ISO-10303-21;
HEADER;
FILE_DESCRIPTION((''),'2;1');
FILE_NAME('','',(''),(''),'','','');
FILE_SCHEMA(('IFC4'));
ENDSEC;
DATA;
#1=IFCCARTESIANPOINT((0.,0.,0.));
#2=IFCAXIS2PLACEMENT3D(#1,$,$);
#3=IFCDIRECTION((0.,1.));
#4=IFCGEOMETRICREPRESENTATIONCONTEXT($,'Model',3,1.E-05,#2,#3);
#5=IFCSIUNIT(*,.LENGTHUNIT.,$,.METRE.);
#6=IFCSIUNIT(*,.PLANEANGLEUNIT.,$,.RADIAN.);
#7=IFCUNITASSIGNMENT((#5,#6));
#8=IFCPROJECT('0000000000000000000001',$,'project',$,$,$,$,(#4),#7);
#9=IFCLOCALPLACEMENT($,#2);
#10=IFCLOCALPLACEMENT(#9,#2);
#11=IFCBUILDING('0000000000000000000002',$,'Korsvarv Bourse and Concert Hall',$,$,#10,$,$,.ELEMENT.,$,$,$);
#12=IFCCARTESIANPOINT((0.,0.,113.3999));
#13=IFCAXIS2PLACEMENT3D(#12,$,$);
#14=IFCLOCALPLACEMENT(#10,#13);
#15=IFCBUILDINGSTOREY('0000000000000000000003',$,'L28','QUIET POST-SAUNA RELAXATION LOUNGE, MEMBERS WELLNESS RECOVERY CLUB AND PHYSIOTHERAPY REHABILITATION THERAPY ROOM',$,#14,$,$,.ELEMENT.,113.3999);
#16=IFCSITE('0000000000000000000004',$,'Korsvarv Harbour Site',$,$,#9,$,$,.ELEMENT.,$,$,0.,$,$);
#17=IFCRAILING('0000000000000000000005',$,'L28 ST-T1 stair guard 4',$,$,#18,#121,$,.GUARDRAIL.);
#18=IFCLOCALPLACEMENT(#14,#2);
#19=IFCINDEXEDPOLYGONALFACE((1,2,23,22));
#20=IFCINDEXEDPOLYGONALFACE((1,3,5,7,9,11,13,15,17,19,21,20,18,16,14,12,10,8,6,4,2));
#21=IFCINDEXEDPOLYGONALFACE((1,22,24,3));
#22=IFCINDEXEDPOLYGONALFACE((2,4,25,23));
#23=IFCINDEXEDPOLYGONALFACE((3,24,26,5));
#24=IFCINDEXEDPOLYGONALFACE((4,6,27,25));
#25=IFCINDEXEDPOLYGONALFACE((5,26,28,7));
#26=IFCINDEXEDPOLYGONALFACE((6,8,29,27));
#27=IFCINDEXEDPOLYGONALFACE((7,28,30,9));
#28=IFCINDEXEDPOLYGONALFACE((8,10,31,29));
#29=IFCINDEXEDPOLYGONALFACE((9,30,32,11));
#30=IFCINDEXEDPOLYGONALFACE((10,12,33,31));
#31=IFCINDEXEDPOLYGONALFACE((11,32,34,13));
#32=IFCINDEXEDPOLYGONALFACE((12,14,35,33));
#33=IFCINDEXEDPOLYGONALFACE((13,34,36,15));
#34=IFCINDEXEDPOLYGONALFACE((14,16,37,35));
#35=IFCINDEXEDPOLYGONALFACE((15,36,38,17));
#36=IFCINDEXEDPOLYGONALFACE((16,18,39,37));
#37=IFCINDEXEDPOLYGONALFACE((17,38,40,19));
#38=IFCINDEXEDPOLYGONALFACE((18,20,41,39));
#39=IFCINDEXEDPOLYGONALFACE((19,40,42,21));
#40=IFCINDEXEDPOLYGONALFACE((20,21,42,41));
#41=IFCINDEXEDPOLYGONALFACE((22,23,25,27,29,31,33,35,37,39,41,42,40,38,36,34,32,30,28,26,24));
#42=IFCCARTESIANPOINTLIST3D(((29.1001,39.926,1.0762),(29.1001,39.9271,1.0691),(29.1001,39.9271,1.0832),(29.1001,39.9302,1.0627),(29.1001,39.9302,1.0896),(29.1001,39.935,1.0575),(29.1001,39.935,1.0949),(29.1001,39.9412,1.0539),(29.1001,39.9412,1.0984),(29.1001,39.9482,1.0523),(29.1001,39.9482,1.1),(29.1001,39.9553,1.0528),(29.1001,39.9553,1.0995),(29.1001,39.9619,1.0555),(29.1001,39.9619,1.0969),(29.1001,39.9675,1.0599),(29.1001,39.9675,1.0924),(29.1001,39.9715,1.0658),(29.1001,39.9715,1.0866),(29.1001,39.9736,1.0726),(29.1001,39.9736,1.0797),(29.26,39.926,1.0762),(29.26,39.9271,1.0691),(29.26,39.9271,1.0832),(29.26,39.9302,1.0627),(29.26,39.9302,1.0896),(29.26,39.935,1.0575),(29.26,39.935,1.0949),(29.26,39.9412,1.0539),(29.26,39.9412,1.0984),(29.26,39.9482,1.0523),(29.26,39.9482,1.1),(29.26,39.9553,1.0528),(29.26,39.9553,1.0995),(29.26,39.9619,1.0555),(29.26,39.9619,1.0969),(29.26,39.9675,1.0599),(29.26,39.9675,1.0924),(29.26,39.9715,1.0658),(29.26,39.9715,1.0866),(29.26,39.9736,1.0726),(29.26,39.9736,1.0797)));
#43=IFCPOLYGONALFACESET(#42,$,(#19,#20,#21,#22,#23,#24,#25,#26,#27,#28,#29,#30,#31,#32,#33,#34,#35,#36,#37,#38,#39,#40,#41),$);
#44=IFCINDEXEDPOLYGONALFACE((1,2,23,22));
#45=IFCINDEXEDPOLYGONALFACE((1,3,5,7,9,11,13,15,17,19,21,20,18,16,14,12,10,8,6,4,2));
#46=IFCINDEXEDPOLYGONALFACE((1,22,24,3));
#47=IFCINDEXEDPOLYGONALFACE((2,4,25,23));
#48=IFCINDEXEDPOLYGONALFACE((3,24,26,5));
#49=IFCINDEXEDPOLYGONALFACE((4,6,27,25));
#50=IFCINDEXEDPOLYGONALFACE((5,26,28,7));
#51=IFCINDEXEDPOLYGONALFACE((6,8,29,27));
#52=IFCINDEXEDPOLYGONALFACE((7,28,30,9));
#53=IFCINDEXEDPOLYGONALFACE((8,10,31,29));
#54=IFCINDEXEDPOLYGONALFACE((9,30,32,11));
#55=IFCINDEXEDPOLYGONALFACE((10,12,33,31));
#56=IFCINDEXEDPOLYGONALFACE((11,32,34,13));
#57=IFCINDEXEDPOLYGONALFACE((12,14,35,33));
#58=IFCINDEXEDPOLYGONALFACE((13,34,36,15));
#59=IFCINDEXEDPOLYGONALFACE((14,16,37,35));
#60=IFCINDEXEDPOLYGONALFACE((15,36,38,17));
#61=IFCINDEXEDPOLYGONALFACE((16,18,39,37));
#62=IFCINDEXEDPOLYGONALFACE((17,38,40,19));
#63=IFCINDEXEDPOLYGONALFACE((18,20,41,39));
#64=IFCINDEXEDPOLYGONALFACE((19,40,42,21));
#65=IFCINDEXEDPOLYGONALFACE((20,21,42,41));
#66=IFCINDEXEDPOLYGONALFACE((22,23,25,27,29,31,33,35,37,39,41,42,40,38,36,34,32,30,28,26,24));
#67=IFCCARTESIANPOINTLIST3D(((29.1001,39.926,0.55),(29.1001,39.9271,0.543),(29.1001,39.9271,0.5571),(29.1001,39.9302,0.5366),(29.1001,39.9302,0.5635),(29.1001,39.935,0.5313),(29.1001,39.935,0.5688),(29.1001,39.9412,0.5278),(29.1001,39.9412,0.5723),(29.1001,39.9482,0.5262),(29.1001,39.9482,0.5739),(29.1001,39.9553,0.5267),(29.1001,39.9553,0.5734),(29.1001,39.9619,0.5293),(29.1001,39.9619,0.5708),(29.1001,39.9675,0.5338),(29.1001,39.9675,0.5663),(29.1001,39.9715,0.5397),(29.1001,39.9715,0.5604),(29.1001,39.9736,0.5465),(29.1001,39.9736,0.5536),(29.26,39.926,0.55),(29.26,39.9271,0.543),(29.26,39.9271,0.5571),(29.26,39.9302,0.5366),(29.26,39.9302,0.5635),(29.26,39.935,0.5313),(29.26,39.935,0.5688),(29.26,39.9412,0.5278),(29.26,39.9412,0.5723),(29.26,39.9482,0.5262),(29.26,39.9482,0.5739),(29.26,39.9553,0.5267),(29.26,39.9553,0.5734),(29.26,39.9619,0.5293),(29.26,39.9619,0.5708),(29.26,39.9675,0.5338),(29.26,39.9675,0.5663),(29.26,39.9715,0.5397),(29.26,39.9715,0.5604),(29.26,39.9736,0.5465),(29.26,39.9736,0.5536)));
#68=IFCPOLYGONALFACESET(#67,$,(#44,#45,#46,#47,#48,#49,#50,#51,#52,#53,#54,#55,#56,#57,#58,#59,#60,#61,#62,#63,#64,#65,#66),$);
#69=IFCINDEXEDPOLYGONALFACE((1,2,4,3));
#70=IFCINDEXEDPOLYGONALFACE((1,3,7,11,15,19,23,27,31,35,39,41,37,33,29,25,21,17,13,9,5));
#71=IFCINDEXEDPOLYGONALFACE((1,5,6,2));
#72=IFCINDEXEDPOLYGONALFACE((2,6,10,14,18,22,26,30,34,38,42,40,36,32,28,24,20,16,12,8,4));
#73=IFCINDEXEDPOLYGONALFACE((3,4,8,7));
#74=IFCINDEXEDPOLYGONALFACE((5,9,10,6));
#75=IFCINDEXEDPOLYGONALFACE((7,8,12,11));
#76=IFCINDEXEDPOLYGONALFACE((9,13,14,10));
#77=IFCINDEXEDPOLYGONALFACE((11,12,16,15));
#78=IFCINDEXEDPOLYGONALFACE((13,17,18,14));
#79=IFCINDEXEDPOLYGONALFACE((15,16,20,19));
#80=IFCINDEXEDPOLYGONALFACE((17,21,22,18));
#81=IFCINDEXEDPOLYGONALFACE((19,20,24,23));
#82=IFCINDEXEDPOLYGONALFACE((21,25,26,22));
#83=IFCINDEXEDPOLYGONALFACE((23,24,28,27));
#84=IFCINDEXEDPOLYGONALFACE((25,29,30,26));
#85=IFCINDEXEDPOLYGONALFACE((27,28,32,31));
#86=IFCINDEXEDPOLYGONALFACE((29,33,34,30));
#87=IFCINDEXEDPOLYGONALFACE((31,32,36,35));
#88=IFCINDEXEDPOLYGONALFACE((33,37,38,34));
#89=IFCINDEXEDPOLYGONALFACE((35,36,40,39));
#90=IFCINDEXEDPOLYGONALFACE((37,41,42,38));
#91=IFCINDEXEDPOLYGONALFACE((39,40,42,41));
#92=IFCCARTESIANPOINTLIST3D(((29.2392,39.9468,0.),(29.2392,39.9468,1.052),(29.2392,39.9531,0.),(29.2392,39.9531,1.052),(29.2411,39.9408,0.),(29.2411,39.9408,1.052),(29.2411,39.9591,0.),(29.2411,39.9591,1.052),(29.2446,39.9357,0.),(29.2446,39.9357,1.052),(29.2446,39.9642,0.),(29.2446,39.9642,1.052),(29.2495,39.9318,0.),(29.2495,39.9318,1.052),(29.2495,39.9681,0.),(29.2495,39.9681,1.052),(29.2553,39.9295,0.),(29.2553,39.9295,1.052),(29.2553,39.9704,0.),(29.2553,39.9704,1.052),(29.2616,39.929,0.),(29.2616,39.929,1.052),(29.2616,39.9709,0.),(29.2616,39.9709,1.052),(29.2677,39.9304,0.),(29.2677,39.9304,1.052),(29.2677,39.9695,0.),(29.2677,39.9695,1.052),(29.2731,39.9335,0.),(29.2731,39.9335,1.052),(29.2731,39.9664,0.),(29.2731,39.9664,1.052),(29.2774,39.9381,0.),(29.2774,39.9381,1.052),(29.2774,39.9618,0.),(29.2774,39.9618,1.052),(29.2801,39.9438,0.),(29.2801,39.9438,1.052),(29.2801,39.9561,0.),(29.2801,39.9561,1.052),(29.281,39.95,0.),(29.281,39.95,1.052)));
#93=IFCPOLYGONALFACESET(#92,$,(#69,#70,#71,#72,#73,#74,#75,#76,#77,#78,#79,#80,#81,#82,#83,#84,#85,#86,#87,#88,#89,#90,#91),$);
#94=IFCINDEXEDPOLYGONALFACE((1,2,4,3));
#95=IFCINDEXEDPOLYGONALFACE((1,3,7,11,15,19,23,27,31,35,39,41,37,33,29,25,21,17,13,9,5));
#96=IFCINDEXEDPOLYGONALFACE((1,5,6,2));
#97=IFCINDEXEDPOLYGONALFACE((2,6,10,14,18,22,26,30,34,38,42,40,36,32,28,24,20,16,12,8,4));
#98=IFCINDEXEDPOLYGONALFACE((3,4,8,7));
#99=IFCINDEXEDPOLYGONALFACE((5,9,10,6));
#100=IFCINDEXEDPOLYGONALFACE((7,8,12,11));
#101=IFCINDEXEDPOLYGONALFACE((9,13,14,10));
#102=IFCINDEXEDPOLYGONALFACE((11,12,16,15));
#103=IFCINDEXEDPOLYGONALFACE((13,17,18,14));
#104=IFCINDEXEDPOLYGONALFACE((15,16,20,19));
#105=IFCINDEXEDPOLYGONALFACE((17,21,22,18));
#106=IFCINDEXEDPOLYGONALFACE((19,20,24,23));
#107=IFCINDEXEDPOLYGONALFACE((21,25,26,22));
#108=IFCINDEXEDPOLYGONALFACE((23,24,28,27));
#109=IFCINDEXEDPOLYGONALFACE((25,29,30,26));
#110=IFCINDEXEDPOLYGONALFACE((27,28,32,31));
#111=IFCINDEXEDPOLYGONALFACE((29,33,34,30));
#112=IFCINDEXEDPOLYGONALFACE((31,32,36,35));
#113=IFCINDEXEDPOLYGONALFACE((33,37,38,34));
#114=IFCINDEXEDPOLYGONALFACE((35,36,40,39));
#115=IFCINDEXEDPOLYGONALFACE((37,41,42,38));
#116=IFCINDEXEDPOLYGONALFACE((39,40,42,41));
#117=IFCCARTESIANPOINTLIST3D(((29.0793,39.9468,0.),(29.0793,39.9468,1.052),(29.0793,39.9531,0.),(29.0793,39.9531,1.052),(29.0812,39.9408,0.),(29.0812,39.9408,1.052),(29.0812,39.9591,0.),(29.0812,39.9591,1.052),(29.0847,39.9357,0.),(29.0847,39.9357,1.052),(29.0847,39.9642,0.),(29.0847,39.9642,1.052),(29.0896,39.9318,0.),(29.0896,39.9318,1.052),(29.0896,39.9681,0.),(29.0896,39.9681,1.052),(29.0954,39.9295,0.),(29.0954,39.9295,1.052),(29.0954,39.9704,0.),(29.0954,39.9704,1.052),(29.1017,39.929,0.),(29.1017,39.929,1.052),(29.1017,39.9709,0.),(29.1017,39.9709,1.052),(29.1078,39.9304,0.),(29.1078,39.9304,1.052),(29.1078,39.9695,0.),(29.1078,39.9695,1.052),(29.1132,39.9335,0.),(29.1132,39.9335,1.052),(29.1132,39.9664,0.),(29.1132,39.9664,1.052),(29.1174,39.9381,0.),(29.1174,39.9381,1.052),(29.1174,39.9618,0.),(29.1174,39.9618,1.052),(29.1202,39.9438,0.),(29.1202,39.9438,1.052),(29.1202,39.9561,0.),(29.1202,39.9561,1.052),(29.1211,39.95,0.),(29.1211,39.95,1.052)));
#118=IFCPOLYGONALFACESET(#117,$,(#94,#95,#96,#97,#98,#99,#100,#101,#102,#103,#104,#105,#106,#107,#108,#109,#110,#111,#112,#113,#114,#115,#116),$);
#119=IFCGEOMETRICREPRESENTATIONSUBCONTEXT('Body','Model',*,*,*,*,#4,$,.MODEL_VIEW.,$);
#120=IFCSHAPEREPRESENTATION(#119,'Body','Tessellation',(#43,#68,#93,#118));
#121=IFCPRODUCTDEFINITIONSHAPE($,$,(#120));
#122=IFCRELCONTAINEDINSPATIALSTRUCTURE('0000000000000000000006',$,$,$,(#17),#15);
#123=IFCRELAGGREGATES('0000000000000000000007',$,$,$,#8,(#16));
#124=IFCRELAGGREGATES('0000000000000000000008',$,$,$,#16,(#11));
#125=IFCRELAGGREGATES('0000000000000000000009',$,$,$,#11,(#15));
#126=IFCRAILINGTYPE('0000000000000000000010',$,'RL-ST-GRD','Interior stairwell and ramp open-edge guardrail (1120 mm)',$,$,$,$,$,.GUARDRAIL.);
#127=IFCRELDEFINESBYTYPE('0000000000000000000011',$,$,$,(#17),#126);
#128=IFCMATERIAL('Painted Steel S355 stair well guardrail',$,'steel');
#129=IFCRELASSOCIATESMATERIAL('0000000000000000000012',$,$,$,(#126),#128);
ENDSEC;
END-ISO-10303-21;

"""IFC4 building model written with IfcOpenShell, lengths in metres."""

from ifc_helpers import new_model, si_unit, direction, frame, origin, origin_2d, place, context, subcontext, project, spatial, circle, extrude, material, type_object, element, save


model = new_model("IFC4")

# Units and contexts
model_context = context("Model", 3, precision=1e-05, world=origin(), true_north=direction((0.0, 1.0)))
body_context = subcontext(model_context, "Body", "Model", "MODEL_VIEW")
ifc_project = project(units=[si_unit("LENGTHUNIT", "METRE"), si_unit("PLANEANGLEUNIT", "RADIAN")], contexts=[model_context])

# Site, building, storey
site_placement = place(None, origin())
site = spatial("IfcSite", under=ifc_project, at=site_placement, Name="Korsvarv Harbour Site", CompositionType="ELEMENT", RefElevation=0.0)
building_placement = place(site_placement, origin())
building = spatial("IfcBuilding", under=site, at=building_placement, Name="Korsvarv Bourse and Concert Hall", CompositionType="ELEMENT")
storey_placement = place(building_placement, frame((0.0, 0.0, 113.3999)))
storey = spatial("IfcBuildingStorey", under=building, at=storey_placement, Name="L28", Description="QUIET POST-SAUNA RELAXATION LOUNGE, MEMBERS WELLNESS RECOVERY CLUB AND PHYSIOTHERAPY REHABILITATION THERAPY ROOM", CompositionType="ELEMENT", Elevation=113.3999)

# Railing
ifc_material_1 = material(Name="Painted Steel S355 stair well guardrail", Category="steel")
railing_type_1 = type_object("IfcRailingType", Name="RL-ST-GRD", Description="Interior stairwell and ramp open-edge guardrail (1120 mm)", PredefinedType="GUARDRAIL", material=ifc_material_1)
railing_1_placement = place(storey_placement, frame((29.26, 39.95, 0.0)))
element("IfcRailing", 1, at=railing_1_placement, inside=storey, type_object=railing_type_1, Name="L28 ST-T1 stair guard 4", PredefinedType="GUARDRAIL", context=body_context, shape_type="SweptSolid", body=[
    extrude(circle(Radius=0.0239, at=origin_2d()), frame((0.0, 0.0, 1.0762), z_axis=(-1.0, 0.0, 0.0), x_axis=(0.0, -1.0, 0.0)), (0.0, 0.0, 1.0), 0.1599),
    extrude(circle(Radius=0.0239, at=origin_2d()), frame((0.0, 0.0, 0.55), z_axis=(-1.0, 0.0, 0.0), x_axis=(0.0, -1.0, 0.0)), (0.0, 0.0, 1.0), 0.1599),
    extrude(circle(Radius=0.021, at=origin_2d()), origin(), (0.0, 0.0, 1.0), 1.052),
    extrude(circle(Radius=0.021, at=origin_2d()), frame((-0.1599, 0.0, 0.0)), (0.0, 0.0, 1.0), 1.052),
])

save(model, "model.ifc")
